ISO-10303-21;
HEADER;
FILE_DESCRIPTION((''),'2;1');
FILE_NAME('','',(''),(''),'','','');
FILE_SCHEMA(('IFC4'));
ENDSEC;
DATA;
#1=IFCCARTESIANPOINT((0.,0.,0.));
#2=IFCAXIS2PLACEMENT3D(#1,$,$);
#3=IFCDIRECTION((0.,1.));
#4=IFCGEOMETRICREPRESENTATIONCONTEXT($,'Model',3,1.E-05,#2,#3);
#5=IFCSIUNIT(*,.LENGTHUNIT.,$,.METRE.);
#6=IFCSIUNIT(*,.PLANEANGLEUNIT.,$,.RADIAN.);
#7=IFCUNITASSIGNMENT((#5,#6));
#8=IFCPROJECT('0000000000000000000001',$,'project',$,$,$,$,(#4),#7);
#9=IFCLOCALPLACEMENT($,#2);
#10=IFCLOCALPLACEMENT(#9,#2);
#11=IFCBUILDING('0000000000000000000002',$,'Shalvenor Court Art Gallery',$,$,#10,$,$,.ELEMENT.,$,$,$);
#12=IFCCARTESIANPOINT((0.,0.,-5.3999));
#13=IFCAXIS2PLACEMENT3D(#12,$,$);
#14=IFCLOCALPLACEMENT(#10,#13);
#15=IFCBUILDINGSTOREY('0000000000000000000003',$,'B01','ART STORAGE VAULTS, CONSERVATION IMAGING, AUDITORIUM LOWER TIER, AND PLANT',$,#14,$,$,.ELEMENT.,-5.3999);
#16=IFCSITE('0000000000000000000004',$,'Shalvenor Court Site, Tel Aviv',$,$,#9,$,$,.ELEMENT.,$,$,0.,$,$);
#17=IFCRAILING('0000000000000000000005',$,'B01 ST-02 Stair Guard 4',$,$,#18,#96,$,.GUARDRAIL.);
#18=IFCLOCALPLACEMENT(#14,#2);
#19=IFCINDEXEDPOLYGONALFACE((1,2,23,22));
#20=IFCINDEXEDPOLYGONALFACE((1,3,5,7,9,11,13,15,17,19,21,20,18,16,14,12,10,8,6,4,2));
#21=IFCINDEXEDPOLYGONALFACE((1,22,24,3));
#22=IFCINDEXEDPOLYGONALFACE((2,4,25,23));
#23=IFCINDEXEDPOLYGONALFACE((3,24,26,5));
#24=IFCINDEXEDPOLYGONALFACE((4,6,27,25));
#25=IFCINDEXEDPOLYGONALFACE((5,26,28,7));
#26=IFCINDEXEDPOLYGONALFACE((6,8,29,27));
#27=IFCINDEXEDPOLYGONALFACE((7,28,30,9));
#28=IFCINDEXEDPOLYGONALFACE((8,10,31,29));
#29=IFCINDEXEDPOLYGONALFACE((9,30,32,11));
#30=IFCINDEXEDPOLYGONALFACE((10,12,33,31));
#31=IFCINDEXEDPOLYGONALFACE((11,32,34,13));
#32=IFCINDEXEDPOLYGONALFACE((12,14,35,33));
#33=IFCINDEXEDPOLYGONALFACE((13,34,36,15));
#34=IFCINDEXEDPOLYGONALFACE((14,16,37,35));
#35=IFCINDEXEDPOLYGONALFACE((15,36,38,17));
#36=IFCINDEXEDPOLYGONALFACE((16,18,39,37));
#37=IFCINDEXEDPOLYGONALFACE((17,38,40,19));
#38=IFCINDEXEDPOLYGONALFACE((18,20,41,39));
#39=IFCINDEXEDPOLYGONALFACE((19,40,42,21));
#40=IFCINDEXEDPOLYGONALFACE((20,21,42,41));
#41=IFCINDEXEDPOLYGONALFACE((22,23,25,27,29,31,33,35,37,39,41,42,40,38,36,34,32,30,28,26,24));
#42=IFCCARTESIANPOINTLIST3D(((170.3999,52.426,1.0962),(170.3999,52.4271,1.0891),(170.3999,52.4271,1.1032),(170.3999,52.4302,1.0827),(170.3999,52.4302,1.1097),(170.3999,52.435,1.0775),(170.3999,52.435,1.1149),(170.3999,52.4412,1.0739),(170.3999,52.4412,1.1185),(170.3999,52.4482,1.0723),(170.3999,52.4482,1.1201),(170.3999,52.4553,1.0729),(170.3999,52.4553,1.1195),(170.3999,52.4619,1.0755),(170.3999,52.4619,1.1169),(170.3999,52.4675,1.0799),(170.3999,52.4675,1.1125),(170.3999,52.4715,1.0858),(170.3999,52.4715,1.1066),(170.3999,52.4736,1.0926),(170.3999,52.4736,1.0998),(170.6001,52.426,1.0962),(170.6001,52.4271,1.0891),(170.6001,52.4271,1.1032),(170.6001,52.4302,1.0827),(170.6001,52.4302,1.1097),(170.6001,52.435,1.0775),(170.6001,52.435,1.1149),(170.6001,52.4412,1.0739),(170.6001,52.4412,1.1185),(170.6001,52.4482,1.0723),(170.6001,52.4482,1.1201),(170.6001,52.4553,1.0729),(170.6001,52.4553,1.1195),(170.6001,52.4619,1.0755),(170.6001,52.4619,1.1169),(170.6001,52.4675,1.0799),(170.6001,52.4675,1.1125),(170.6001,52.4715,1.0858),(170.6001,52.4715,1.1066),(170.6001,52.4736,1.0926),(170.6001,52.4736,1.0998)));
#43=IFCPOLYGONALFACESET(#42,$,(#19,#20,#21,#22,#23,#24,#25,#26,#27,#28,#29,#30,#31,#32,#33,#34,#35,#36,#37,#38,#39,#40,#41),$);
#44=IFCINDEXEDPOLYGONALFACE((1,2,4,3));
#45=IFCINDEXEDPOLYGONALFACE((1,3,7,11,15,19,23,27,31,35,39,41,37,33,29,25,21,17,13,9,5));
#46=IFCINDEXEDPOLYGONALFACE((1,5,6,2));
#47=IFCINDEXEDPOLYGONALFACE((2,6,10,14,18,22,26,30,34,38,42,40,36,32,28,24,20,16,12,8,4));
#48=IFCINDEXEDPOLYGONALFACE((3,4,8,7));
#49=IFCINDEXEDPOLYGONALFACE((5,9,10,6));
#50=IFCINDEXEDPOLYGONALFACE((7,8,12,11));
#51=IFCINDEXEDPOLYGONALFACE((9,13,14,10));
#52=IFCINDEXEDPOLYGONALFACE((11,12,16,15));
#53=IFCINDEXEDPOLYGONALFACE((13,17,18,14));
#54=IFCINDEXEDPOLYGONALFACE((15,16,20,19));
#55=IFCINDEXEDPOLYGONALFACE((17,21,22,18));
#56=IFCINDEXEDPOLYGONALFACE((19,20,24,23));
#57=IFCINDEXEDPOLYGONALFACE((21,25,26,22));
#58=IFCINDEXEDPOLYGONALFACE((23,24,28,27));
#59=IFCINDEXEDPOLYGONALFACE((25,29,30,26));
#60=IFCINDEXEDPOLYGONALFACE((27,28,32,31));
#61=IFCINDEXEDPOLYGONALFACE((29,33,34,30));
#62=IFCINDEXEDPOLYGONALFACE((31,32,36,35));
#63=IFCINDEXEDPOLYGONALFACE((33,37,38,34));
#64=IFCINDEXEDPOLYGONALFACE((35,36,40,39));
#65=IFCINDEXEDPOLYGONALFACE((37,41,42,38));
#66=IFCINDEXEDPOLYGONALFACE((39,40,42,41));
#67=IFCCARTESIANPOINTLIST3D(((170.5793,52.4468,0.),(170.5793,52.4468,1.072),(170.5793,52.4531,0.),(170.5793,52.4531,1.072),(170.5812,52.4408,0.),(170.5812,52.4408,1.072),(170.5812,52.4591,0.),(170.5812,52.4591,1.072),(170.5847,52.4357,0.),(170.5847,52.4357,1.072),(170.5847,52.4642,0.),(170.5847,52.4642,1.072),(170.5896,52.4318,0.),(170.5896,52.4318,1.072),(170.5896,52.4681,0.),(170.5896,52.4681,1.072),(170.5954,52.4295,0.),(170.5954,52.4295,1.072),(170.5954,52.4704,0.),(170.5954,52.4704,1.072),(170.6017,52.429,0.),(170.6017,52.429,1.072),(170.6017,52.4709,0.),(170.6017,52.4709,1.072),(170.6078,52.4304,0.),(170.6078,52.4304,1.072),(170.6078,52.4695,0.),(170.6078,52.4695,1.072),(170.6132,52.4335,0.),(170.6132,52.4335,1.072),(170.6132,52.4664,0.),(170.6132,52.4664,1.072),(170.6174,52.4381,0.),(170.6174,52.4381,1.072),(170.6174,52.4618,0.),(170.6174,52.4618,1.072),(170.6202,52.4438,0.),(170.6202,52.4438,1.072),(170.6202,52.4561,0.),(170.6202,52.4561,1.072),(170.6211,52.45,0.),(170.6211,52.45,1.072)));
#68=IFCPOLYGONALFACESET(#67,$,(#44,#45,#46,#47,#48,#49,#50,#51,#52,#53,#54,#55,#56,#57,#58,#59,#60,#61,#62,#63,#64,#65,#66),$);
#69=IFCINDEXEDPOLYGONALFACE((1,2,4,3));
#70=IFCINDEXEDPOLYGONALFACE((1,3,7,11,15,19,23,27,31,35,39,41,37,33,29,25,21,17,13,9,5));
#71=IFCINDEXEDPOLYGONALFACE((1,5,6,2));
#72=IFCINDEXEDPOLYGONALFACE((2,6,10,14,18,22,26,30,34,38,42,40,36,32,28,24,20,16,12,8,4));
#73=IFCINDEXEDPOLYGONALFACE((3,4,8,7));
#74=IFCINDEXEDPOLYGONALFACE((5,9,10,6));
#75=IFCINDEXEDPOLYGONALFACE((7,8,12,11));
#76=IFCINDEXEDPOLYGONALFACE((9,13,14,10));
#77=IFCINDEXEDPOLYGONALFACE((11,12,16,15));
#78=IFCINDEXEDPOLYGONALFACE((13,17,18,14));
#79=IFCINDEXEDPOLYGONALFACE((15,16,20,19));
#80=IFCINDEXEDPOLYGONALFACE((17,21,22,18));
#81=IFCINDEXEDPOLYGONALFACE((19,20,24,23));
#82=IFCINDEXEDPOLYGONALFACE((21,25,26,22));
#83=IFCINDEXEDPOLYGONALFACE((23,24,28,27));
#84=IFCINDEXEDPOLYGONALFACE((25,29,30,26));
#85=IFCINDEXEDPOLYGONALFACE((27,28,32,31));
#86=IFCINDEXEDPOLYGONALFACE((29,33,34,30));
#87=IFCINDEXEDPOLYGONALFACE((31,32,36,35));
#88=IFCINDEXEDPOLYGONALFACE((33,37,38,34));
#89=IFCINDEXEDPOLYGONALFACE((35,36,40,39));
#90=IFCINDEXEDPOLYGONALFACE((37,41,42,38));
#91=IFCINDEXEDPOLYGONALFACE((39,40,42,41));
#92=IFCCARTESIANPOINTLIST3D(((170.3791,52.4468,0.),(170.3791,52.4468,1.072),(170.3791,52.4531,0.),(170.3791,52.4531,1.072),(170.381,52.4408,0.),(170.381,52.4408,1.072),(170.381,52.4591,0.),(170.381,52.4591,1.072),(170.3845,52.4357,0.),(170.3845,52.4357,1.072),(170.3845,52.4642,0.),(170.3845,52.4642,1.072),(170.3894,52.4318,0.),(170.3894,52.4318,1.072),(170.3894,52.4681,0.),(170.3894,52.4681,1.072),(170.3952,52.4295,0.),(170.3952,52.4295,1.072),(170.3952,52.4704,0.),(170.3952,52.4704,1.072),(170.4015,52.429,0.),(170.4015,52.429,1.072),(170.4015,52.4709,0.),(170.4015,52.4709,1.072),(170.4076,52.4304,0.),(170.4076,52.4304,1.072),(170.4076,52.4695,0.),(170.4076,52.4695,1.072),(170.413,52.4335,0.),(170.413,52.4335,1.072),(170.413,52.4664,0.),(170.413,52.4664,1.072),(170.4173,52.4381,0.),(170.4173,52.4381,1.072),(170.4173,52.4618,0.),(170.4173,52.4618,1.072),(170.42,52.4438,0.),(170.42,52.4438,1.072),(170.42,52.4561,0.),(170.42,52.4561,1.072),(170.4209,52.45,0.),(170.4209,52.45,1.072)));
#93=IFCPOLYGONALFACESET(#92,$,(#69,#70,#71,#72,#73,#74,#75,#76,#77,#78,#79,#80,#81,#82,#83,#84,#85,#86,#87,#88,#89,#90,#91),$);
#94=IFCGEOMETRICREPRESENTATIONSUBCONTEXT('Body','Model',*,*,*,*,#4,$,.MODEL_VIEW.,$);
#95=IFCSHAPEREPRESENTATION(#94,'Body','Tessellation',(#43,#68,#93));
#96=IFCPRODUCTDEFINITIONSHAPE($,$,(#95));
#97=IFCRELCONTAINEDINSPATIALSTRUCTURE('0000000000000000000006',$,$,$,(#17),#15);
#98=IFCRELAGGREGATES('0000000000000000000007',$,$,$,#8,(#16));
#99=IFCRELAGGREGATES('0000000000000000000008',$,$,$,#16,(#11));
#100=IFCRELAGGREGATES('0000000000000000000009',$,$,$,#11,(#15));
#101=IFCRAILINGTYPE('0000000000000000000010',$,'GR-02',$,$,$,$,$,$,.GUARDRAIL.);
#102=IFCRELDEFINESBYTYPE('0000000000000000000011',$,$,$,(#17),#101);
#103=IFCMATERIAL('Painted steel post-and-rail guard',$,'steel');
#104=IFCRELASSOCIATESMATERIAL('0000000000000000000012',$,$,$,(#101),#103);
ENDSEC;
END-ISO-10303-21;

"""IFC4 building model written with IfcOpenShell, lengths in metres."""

from ifc_helpers import new_model, si_unit, direction, frame, origin, origin_2d, place, context, subcontext, project, spatial, circle, extrude, material, type_object, element, save


model = new_model("IFC4")

# Units and contexts
model_context = context("Model", 3, precision=1e-05, world=origin(), true_north=direction((0.0, 1.0)))
body_context = subcontext(model_context, "Body", "Model", "MODEL_VIEW")
ifc_project = project(units=[si_unit("LENGTHUNIT", "METRE"), si_unit("PLANEANGLEUNIT", "RADIAN")], contexts=[model_context])

# Site, building, storey
site_placement = place(None, origin())
site = spatial("IfcSite", under=ifc_project, at=site_placement, Name="Shalvenor Court Site, Tel Aviv", CompositionType="ELEMENT", RefElevation=0.0)
building_placement = place(site_placement, origin())
building = spatial("IfcBuilding", under=site, at=building_placement, Name="Shalvenor Court Art Gallery", CompositionType="ELEMENT")
storey_placement = place(building_placement, frame((0.0, 0.0, -5.3999)))
storey = spatial("IfcBuildingStorey", under=building, at=storey_placement, Name="B01", Description="ART STORAGE VAULTS, CONSERVATION IMAGING, AUDITORIUM LOWER TIER, AND PLANT", CompositionType="ELEMENT", Elevation=-5.3999)

# Railing
ifc_material_1 = material(Name="Painted steel post-and-rail guard", Category="steel")
railing_type_1 = type_object("IfcRailingType", Name="GR-02", PredefinedType="GUARDRAIL", material=ifc_material_1)
railing_1_placement = place(storey_placement, frame((170.6001, 52.45, 0.0)))
element("IfcRailing", 1, at=railing_1_placement, inside=storey, type_object=railing_type_1, Name="B01 ST-02 Stair Guard 4", PredefinedType="GUARDRAIL", context=body_context, shape_type="SweptSolid", body=[
    extrude(circle(Radius=0.0239, at=origin_2d()), frame((0.0, 0.0, 1.0962), z_axis=(-1.0, 0.0, 0.0), x_axis=(0.0, -1.0, 0.0)), (0.0, 0.0, 1.0), 0.2002),
    extrude(circle(Radius=0.021, at=origin_2d()), origin(), (0.0, 0.0, 1.0), 1.072),
    extrude(circle(Radius=0.021, at=origin_2d()), frame((-0.2002, 0.0, 0.0)), (0.0, 0.0, 1.0), 1.072),
])

save(model, "model.ifc")
